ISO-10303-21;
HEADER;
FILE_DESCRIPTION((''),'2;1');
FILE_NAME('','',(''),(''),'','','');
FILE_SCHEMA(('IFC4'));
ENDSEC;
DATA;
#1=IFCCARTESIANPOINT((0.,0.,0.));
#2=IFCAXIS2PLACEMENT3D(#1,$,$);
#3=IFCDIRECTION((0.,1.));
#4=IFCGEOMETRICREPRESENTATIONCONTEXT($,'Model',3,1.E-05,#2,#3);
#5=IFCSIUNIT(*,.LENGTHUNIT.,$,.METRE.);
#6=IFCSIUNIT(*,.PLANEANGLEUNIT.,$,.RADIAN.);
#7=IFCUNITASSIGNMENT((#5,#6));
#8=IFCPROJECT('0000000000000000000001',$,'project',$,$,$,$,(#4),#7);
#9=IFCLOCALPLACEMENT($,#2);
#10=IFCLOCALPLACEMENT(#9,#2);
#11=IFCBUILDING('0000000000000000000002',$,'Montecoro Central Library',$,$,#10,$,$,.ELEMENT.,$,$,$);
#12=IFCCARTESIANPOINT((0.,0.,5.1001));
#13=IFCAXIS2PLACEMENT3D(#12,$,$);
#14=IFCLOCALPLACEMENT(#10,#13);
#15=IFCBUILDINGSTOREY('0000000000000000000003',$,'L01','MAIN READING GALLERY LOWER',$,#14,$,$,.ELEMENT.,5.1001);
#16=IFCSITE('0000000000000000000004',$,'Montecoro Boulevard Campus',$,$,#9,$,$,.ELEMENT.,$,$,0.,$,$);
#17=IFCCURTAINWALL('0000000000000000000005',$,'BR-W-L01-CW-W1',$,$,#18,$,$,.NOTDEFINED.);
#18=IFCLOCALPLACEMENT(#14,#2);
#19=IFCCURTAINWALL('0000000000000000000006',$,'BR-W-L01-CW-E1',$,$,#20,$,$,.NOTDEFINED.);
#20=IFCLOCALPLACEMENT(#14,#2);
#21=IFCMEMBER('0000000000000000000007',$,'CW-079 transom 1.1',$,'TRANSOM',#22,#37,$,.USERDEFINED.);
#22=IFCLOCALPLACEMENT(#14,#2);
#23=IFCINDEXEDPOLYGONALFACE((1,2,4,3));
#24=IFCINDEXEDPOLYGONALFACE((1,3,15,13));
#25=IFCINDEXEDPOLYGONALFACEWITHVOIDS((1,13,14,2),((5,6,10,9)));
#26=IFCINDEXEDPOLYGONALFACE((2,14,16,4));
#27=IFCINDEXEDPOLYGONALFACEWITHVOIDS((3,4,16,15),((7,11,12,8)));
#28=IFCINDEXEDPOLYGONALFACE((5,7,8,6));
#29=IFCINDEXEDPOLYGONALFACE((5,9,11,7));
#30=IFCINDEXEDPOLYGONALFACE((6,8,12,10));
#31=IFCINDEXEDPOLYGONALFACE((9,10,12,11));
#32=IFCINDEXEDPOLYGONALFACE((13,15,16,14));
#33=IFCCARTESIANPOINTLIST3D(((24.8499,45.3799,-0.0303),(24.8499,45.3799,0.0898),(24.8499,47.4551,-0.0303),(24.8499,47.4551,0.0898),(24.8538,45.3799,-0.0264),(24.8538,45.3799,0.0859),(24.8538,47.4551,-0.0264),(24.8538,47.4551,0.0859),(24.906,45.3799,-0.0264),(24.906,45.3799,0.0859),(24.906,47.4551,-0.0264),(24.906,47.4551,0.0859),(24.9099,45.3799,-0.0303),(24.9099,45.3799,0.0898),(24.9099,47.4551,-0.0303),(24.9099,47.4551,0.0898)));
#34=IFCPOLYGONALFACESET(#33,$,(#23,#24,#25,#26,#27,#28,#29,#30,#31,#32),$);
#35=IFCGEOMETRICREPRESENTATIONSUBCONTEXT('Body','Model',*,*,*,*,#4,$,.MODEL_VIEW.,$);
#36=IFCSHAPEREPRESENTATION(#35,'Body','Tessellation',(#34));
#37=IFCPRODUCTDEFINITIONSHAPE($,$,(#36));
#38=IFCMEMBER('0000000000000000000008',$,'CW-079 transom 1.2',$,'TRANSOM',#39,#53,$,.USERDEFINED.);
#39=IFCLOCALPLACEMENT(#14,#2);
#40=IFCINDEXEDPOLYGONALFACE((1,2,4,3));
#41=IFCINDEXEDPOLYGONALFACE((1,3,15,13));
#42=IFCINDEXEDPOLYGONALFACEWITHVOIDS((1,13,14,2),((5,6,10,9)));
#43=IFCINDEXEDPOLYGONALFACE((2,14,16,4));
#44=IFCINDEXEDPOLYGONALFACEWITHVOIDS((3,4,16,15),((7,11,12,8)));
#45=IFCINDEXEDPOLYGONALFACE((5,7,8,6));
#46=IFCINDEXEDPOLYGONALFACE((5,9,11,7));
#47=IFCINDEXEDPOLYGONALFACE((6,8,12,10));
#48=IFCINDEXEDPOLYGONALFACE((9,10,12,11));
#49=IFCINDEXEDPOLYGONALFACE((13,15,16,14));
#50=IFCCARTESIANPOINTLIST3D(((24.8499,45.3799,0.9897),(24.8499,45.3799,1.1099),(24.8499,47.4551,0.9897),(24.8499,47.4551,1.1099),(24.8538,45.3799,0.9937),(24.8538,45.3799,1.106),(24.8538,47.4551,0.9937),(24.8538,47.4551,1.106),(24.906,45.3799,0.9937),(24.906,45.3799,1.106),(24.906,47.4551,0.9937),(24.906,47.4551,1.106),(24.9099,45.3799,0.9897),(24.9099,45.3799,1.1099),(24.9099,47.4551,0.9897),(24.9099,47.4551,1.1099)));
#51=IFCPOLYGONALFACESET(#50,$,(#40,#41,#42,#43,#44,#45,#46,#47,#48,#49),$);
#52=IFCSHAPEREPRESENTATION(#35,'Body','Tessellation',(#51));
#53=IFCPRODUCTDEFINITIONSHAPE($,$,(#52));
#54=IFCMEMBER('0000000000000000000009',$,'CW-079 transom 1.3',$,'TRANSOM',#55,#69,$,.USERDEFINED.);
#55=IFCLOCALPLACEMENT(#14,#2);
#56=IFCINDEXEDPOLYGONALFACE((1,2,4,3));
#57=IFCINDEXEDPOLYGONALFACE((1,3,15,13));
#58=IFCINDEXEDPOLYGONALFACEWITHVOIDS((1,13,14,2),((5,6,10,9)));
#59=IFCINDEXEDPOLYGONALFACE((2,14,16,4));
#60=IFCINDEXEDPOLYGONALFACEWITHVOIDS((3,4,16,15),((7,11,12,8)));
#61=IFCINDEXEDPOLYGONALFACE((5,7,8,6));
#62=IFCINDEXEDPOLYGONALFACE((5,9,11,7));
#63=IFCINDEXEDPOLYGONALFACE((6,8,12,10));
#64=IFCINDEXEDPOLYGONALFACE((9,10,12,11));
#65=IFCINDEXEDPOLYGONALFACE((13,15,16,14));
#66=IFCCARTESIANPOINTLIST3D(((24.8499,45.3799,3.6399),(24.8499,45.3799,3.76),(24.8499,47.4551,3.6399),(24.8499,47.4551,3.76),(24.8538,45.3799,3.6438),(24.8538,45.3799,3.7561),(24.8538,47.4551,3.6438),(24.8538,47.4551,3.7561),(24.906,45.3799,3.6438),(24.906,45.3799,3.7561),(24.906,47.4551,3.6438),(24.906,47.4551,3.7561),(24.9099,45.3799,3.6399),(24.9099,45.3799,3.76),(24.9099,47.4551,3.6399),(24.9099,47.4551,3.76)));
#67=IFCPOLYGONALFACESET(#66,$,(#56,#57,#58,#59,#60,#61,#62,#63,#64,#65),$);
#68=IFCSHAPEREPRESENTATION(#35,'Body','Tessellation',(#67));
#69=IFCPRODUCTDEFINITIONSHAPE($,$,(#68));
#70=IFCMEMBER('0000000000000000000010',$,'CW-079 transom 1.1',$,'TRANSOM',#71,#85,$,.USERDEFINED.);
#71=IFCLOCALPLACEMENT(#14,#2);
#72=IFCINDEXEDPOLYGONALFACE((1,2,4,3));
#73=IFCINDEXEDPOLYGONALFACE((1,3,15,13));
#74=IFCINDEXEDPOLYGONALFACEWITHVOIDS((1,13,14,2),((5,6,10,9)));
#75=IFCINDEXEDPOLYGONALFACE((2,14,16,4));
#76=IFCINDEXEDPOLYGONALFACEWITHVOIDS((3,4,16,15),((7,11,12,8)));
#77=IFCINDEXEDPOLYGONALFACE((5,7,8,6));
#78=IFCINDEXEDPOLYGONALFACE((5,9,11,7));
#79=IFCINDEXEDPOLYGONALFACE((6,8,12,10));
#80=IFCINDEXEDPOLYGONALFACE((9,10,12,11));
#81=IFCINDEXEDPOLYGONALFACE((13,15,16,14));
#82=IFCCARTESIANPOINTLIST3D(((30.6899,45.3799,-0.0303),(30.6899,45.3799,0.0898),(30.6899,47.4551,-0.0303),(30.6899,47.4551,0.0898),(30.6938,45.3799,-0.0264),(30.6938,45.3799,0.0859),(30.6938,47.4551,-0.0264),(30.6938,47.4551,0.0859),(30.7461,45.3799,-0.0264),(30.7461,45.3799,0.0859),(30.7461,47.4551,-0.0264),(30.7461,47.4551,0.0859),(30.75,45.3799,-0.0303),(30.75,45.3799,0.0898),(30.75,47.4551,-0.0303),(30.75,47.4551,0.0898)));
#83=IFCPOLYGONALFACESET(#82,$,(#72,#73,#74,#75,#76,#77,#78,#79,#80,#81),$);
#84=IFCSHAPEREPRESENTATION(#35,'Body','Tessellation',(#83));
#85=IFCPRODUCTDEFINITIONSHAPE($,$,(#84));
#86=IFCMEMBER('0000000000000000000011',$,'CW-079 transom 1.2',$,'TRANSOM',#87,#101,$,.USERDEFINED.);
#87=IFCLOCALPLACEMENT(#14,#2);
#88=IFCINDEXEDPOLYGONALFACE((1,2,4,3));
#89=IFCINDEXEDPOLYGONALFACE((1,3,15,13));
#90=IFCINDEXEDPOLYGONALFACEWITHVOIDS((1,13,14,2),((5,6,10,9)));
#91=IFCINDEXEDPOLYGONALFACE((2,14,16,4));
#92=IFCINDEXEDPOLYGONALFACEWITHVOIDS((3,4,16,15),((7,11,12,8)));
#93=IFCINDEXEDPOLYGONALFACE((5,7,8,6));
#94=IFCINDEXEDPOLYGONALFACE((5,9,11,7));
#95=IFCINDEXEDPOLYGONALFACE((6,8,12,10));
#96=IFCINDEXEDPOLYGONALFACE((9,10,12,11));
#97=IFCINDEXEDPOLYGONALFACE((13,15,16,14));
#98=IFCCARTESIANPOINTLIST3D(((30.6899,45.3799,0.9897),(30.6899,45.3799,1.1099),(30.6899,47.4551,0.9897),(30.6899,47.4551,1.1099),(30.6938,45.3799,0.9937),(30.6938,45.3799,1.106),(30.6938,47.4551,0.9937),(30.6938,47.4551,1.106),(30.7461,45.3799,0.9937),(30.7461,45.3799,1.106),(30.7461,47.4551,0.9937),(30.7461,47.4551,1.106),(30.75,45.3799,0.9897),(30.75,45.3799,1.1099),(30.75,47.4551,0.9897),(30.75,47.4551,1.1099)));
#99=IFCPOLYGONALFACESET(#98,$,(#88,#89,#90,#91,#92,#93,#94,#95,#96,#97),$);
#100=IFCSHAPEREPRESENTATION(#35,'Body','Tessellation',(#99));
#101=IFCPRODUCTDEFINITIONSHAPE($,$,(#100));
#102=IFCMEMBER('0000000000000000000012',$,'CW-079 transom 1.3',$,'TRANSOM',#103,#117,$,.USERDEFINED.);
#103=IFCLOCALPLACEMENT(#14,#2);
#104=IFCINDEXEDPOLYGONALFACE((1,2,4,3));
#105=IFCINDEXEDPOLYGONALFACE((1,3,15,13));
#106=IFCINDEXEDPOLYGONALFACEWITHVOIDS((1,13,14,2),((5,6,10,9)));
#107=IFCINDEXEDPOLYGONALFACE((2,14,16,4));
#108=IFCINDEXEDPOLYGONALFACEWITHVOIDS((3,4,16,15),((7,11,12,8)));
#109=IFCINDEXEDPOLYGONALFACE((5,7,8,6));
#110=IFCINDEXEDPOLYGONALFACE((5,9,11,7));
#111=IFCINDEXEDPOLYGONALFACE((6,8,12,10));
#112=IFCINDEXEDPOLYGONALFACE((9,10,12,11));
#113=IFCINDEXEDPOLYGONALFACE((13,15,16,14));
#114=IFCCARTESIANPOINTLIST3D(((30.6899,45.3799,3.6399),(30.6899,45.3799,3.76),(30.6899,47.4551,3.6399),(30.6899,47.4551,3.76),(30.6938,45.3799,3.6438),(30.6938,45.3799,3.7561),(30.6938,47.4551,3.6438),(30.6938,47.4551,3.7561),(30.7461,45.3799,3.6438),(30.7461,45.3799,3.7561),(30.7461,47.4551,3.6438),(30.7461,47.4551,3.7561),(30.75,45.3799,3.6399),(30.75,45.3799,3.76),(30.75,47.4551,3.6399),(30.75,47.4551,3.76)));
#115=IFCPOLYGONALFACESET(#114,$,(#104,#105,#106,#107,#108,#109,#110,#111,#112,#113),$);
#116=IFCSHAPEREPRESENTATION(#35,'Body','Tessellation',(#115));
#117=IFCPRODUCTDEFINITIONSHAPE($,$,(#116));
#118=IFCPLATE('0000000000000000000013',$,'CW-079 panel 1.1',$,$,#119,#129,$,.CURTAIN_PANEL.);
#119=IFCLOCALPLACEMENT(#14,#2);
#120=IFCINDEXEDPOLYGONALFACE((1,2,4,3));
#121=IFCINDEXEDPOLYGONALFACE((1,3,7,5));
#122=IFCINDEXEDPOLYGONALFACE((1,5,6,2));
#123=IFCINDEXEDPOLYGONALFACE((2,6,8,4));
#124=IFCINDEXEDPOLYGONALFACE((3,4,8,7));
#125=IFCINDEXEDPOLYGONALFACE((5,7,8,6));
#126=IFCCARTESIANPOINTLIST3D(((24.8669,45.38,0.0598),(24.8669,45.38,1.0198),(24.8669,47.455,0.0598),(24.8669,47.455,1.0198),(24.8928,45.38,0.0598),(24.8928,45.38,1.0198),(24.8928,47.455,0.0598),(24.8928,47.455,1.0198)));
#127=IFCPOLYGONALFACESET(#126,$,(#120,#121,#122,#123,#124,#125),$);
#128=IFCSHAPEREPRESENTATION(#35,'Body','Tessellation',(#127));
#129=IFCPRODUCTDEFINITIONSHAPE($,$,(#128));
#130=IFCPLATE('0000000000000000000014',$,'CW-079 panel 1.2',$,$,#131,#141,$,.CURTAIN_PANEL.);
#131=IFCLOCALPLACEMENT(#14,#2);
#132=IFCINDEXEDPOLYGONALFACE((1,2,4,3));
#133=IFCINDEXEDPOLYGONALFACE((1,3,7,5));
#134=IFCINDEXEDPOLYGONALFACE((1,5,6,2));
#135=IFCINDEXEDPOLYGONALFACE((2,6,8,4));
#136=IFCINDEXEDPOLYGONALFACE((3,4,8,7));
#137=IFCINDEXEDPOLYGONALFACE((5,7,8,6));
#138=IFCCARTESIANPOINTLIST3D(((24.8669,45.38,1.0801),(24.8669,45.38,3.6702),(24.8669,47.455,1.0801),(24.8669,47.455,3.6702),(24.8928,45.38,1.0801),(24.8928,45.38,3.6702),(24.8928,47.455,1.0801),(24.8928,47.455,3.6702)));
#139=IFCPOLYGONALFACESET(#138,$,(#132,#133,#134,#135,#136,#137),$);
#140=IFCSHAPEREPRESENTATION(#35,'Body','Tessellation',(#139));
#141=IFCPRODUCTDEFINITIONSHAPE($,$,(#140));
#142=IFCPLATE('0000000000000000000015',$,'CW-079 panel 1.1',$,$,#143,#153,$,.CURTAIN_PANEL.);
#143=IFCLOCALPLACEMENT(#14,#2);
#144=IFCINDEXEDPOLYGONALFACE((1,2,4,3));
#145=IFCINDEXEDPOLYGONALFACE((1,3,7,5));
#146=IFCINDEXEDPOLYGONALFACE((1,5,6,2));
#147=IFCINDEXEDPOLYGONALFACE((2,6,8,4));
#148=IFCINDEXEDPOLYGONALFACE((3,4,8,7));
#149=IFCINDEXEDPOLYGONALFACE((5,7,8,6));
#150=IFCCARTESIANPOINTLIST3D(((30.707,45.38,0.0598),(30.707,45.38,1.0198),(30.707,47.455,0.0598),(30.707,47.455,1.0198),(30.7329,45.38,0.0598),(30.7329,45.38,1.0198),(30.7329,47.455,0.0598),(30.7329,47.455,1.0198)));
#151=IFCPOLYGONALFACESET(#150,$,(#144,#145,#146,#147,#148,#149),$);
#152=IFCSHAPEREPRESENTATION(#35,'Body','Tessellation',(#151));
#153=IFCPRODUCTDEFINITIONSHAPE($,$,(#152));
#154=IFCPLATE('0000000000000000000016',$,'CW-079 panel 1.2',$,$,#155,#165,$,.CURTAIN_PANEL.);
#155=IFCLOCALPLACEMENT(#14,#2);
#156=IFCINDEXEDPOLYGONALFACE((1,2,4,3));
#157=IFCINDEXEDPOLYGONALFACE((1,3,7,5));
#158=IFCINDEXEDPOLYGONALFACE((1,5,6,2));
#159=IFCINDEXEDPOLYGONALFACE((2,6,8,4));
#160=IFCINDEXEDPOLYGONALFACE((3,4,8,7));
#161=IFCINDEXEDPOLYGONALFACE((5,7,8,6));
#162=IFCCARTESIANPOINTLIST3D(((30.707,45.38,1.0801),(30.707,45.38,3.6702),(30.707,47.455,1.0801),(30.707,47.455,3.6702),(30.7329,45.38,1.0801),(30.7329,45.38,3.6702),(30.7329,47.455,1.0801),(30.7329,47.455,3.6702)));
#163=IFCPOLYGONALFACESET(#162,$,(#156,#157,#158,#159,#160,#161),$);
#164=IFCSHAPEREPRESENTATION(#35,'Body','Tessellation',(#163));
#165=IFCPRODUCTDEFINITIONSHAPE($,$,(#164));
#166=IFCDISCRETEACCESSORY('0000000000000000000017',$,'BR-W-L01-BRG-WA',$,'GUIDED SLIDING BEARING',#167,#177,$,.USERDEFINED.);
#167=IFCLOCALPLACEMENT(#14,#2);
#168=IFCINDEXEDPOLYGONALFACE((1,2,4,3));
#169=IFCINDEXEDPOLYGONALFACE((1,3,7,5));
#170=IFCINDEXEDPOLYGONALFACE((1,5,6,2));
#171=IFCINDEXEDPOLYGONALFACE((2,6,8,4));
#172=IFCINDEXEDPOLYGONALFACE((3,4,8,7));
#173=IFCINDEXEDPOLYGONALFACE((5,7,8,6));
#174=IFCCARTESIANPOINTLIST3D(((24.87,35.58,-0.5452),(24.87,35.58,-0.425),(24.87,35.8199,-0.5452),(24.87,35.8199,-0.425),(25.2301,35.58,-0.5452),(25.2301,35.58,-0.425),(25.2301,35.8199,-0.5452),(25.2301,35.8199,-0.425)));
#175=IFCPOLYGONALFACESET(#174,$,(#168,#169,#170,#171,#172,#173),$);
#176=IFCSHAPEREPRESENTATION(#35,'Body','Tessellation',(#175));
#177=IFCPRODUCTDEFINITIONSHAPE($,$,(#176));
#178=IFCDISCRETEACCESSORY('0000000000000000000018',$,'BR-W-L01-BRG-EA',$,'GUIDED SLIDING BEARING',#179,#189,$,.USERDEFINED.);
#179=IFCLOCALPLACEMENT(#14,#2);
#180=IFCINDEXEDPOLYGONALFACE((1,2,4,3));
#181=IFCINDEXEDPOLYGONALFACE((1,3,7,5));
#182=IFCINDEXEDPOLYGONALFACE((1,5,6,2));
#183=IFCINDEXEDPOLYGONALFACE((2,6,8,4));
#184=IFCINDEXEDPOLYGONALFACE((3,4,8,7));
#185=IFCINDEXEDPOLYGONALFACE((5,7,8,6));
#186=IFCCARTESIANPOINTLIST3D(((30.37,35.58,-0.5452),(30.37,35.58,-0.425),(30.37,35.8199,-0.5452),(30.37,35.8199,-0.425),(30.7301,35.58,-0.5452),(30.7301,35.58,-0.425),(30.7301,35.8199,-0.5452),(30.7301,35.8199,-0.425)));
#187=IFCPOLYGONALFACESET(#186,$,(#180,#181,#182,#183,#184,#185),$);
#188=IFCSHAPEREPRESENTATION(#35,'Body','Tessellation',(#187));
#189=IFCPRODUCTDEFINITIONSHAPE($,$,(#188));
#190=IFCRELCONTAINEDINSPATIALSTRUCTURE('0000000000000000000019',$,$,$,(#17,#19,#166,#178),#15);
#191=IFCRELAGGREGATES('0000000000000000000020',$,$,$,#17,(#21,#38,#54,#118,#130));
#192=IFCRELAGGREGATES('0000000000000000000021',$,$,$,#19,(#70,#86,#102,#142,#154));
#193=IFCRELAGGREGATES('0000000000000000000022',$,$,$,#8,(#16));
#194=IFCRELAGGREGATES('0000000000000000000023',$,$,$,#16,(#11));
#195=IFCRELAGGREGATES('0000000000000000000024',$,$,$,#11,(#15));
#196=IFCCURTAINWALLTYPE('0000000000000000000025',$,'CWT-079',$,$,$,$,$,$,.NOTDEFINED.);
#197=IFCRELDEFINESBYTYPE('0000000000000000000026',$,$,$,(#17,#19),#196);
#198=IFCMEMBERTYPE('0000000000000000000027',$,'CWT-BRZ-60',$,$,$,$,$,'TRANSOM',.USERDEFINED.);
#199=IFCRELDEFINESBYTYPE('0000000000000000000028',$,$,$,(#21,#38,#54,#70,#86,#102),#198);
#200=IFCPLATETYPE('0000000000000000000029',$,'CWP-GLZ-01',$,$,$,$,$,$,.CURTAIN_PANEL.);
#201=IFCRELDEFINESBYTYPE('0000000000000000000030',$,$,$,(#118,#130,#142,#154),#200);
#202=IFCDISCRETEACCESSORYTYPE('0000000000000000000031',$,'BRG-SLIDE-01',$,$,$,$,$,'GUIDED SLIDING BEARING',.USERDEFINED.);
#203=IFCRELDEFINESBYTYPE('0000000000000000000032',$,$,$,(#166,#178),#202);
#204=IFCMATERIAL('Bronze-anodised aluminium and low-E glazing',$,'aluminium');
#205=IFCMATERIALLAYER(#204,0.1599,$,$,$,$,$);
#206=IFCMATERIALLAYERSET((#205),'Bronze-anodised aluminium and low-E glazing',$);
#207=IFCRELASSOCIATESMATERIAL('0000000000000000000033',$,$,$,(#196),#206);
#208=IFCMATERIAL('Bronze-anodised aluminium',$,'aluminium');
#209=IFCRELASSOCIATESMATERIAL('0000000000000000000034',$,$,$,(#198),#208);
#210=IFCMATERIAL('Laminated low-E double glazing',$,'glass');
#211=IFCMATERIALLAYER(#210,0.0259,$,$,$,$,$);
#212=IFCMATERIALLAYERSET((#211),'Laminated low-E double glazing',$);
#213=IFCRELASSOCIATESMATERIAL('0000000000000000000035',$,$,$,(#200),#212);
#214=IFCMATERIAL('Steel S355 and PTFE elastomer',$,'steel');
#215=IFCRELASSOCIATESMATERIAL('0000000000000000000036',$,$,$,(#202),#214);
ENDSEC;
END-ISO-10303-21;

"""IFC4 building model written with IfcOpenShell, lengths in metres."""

from ifc_helpers import new_model, si_unit, direction, frame, origin, origin_2d, place, context, subcontext, project, spatial, rectangle, hollow_rectangle, extrude, material, layer, layer_set, material_profile, profile_set, type_object, element, aggregate, save


model = new_model("IFC4")

# Units and contexts
model_context = context("Model", 3, precision=1e-05, world=origin(), true_north=direction((0.0, 1.0)))
body_context = subcontext(model_context, "Body", "Model", "MODEL_VIEW")
ifc_project = project(units=[si_unit("LENGTHUNIT", "METRE"), si_unit("PLANEANGLEUNIT", "RADIAN")], contexts=[model_context])

# Site, building, storey
site_placement = place(None, origin())
site = spatial("IfcSite", under=ifc_project, at=site_placement, Name="Montecoro Boulevard Campus", CompositionType="ELEMENT", RefElevation=0.0)
building_placement = place(site_placement, origin())
building = spatial("IfcBuilding", under=site, at=building_placement, Name="Montecoro Central Library", CompositionType="ELEMENT")
storey_placement = place(building_placement, frame((0.0, 0.0, 5.1001)))
storey = spatial("IfcBuildingStorey", under=building, at=storey_placement, Name="L01", Description="MAIN READING GALLERY LOWER", CompositionType="ELEMENT", Elevation=5.1001)

# Curtain walls
ifc_material_1 = material(Name="Bronze-anodised aluminium and low-E glazing", Category="aluminium")
ifc_layer_1 = layer(ifc_material_1, 0.1599)
ifc_layer_set_1 = layer_set([ifc_layer_1], Name="Bronze-anodised aluminium and low-E glazing")
curtain_wall_type = type_object("IfcCurtainWallType", Name="CWT-079", PredefinedType="NOTDEFINED", material=ifc_layer_set_1)
curtain_wall_1_placement = place(storey_placement, origin())
curtain_wall_1 = element("IfcCurtainWall", 1, at=curtain_wall_1_placement, inside=storey, type_object=curtain_wall_type, Name="BR-W-L01-CW-W1", PredefinedType="NOTDEFINED")
ifc_material_2 = material(Name="Bronze-anodised aluminium", Category="aluminium")
curtain_wall_2_placement = place(storey_placement, origin())
curtain_wall_2 = element("IfcCurtainWall", 2, at=curtain_wall_2_placement, inside=storey, type_object=curtain_wall_type, Name="BR-W-L01-CW-E1", PredefinedType="NOTDEFINED")

# Members
ifc_material_profile_1 = material_profile(ifc_material_2, hollow_rectangle(XDim=0.0601, YDim=0.1201, WallThickness=0.0039, at=origin_2d()), Name="CWT 120x60x4.0")
ifc_profile_set_1 = profile_set([ifc_material_profile_1], Name="Bronze-anodised aluminium")
member_type_1 = type_object("IfcMemberType", Name="CWT-BRZ-60", ElementType="TRANSOM", PredefinedType="USERDEFINED", material=ifc_profile_set_1)
member_1_placement = place(storey_placement, frame((24.8799, 45.3799, 0.0298), z_axis=(0.0, 1.0, 0.0), x_axis=(-1.0, 0.0, 0.0)))
member_1 = element("IfcMember", 3, at=member_1_placement, type_object=member_type_1, Name="CW-079 transom 1.1", ObjectType="TRANSOM", PredefinedType="USERDEFINED", context=body_context, shape_type="SweptSolid", body=[
    extrude(hollow_rectangle(XDim=0.0601, YDim=0.1201, WallThickness=0.0039, at=origin_2d()), origin(), (0.0, 0.0, 1.0), 2.0752),
])
member_2_placement = place(storey_placement, frame((24.8799, 45.3799, 1.0498), z_axis=(0.0, 1.0, 0.0), x_axis=(-1.0, 0.0, 0.0)))
member_2 = element("IfcMember", 4, at=member_2_placement, type_object=member_type_1, Name="CW-079 transom 1.2", ObjectType="TRANSOM", PredefinedType="USERDEFINED", context=body_context, shape_type="SweptSolid", body=[
    extrude(hollow_rectangle(XDim=0.0601, YDim=0.1201, WallThickness=0.0039, at=origin_2d()), origin(), (0.0, 0.0, 1.0), 2.0752),
])
member_3_placement = place(storey_placement, frame((24.8799, 45.3799, 3.7), z_axis=(0.0, 1.0, 0.0), x_axis=(-1.0, 0.0, 0.0)))
member_3 = element("IfcMember", 5, at=member_3_placement, type_object=member_type_1, Name="CW-079 transom 1.3", ObjectType="TRANSOM", PredefinedType="USERDEFINED", context=body_context, shape_type="SweptSolid", body=[
    extrude(hollow_rectangle(XDim=0.0601, YDim=0.1201, WallThickness=0.0039, at=origin_2d()), origin(), (0.0, 0.0, 1.0), 2.0752),
])
member_4_placement = place(storey_placement, frame((30.72, 45.3799, 0.0298), z_axis=(0.0, 1.0, 0.0), x_axis=(-1.0, 0.0, 0.0)))
member_4 = element("IfcMember", 6, at=member_4_placement, type_object=member_type_1, Name="CW-079 transom 1.1", ObjectType="TRANSOM", PredefinedType="USERDEFINED", context=body_context, shape_type="SweptSolid", body=[
    extrude(hollow_rectangle(XDim=0.0601, YDim=0.1201, WallThickness=0.0039, at=origin_2d()), origin(), (0.0, 0.0, 1.0), 2.0752),
])
member_5_placement = place(storey_placement, frame((30.72, 45.3799, 1.0498), z_axis=(0.0, 1.0, 0.0), x_axis=(-1.0, 0.0, 0.0)))
member_5 = element("IfcMember", 7, at=member_5_placement, type_object=member_type_1, Name="CW-079 transom 1.2", ObjectType="TRANSOM", PredefinedType="USERDEFINED", context=body_context, shape_type="SweptSolid", body=[
    extrude(hollow_rectangle(XDim=0.0601, YDim=0.1201, WallThickness=0.0039, at=origin_2d()), origin(), (0.0, 0.0, 1.0), 2.0752),
])
member_6_placement = place(storey_placement, frame((30.72, 45.3799, 3.7), z_axis=(0.0, 1.0, 0.0), x_axis=(-1.0, 0.0, 0.0)))
member_6 = element("IfcMember", 8, at=member_6_placement, type_object=member_type_1, Name="CW-079 transom 1.3", ObjectType="TRANSOM", PredefinedType="USERDEFINED", context=body_context, shape_type="SweptSolid", body=[
    extrude(hollow_rectangle(XDim=0.0601, YDim=0.1201, WallThickness=0.0039, at=origin_2d()), origin(), (0.0, 0.0, 1.0), 2.0752),
])

# Plates
ifc_material_3 = material(Name="Laminated low-E double glazing", Category="glass")
ifc_layer_2 = layer(ifc_material_3, 0.0259)
ifc_layer_set_2 = layer_set([ifc_layer_2], Name="Laminated low-E double glazing")
plate_type = type_object("IfcPlateType", Name="CWP-GLZ-01", PredefinedType="CURTAIN_PANEL", material=ifc_layer_set_2)
plate_1_placement = place(storey_placement, frame((24.8799, 46.4175, 0.0598), z_axis=(0.0, 0.0, 1.0), x_axis=(0.0, 1.0, 0.0)))
plate_1 = element("IfcPlate", 9, at=plate_1_placement, type_object=plate_type, Name="CW-079 panel 1.1", PredefinedType="CURTAIN_PANEL", context=body_context, shape_type="SweptSolid", body=[
    extrude(rectangle(XDim=2.075, YDim=0.0259, at=origin_2d()), origin(), (0.0, 0.0, 1.0), 0.96),
])
plate_2_placement = place(storey_placement, frame((24.8799, 46.4175, 1.0801), z_axis=(0.0, 0.0, 1.0), x_axis=(0.0, 1.0, 0.0)))
plate_2 = element("IfcPlate", 10, at=plate_2_placement, type_object=plate_type, Name="CW-079 panel 1.2", PredefinedType="CURTAIN_PANEL", context=body_context, shape_type="SweptSolid", body=[
    extrude(rectangle(XDim=2.075, YDim=0.0259, at=origin_2d()), origin(), (0.0, 0.0, 1.0), 2.5901),
])
aggregate(curtain_wall_1, [member_1, member_2, member_3, plate_1, plate_2])
plate_3_placement = place(storey_placement, frame((30.72, 46.4175, 0.0598), z_axis=(0.0, 0.0, 1.0), x_axis=(0.0, 1.0, 0.0)))
plate_3 = element("IfcPlate", 11, at=plate_3_placement, type_object=plate_type, Name="CW-079 panel 1.1", PredefinedType="CURTAIN_PANEL", context=body_context, shape_type="SweptSolid", body=[
    extrude(rectangle(XDim=2.075, YDim=0.0259, at=origin_2d()), origin(), (0.0, 0.0, 1.0), 0.96),
])
plate_4_placement = place(storey_placement, frame((30.72, 46.4175, 1.0801), z_axis=(0.0, 0.0, 1.0), x_axis=(0.0, 1.0, 0.0)))
plate_4 = element("IfcPlate", 12, at=plate_4_placement, type_object=plate_type, Name="CW-079 panel 1.2", PredefinedType="CURTAIN_PANEL", context=body_context, shape_type="SweptSolid", body=[
    extrude(rectangle(XDim=2.075, YDim=0.0259, at=origin_2d()), origin(), (0.0, 0.0, 1.0), 2.5901),
])
aggregate(curtain_wall_2, [member_4, member_5, member_6, plate_3, plate_4])

# Discrete accessories
ifc_material_4 = material(Name="Steel S355 and PTFE elastomer", Category="steel")
discrete_accessory_type_1 = type_object("IfcDiscreteAccessoryType", Name="BRG-SLIDE-01", ElementType="GUIDED SLIDING BEARING", PredefinedType="USERDEFINED", material=ifc_material_4)
for number, where, z_axis, x_axis, name in (
    (13, (25.05, 35.7, -0.5452), (0.0, 0.0, 1.0), (1.0, 0.0, 0.0), "BR-W-L01-BRG-WA"),
    (14, (30.55, 35.7, -0.5452), (0.0, 0.0, 1.0), (1.0, 0.0, 0.0), "BR-W-L01-BRG-EA"),
):
    element("IfcDiscreteAccessory", number, at=place(storey_placement, frame(where, z_axis=z_axis, x_axis=x_axis)), inside=storey, type_object=discrete_accessory_type_1, Name=name, ObjectType="GUIDED SLIDING BEARING", PredefinedType="USERDEFINED", context=body_context, shape_type="SweptSolid", body=[
        extrude(rectangle(XDim=0.3601, YDim=0.24, at=origin_2d()), origin(), (0.0, 0.0, 1.0), 0.1201),
    ])

save(model, "model.ifc")
